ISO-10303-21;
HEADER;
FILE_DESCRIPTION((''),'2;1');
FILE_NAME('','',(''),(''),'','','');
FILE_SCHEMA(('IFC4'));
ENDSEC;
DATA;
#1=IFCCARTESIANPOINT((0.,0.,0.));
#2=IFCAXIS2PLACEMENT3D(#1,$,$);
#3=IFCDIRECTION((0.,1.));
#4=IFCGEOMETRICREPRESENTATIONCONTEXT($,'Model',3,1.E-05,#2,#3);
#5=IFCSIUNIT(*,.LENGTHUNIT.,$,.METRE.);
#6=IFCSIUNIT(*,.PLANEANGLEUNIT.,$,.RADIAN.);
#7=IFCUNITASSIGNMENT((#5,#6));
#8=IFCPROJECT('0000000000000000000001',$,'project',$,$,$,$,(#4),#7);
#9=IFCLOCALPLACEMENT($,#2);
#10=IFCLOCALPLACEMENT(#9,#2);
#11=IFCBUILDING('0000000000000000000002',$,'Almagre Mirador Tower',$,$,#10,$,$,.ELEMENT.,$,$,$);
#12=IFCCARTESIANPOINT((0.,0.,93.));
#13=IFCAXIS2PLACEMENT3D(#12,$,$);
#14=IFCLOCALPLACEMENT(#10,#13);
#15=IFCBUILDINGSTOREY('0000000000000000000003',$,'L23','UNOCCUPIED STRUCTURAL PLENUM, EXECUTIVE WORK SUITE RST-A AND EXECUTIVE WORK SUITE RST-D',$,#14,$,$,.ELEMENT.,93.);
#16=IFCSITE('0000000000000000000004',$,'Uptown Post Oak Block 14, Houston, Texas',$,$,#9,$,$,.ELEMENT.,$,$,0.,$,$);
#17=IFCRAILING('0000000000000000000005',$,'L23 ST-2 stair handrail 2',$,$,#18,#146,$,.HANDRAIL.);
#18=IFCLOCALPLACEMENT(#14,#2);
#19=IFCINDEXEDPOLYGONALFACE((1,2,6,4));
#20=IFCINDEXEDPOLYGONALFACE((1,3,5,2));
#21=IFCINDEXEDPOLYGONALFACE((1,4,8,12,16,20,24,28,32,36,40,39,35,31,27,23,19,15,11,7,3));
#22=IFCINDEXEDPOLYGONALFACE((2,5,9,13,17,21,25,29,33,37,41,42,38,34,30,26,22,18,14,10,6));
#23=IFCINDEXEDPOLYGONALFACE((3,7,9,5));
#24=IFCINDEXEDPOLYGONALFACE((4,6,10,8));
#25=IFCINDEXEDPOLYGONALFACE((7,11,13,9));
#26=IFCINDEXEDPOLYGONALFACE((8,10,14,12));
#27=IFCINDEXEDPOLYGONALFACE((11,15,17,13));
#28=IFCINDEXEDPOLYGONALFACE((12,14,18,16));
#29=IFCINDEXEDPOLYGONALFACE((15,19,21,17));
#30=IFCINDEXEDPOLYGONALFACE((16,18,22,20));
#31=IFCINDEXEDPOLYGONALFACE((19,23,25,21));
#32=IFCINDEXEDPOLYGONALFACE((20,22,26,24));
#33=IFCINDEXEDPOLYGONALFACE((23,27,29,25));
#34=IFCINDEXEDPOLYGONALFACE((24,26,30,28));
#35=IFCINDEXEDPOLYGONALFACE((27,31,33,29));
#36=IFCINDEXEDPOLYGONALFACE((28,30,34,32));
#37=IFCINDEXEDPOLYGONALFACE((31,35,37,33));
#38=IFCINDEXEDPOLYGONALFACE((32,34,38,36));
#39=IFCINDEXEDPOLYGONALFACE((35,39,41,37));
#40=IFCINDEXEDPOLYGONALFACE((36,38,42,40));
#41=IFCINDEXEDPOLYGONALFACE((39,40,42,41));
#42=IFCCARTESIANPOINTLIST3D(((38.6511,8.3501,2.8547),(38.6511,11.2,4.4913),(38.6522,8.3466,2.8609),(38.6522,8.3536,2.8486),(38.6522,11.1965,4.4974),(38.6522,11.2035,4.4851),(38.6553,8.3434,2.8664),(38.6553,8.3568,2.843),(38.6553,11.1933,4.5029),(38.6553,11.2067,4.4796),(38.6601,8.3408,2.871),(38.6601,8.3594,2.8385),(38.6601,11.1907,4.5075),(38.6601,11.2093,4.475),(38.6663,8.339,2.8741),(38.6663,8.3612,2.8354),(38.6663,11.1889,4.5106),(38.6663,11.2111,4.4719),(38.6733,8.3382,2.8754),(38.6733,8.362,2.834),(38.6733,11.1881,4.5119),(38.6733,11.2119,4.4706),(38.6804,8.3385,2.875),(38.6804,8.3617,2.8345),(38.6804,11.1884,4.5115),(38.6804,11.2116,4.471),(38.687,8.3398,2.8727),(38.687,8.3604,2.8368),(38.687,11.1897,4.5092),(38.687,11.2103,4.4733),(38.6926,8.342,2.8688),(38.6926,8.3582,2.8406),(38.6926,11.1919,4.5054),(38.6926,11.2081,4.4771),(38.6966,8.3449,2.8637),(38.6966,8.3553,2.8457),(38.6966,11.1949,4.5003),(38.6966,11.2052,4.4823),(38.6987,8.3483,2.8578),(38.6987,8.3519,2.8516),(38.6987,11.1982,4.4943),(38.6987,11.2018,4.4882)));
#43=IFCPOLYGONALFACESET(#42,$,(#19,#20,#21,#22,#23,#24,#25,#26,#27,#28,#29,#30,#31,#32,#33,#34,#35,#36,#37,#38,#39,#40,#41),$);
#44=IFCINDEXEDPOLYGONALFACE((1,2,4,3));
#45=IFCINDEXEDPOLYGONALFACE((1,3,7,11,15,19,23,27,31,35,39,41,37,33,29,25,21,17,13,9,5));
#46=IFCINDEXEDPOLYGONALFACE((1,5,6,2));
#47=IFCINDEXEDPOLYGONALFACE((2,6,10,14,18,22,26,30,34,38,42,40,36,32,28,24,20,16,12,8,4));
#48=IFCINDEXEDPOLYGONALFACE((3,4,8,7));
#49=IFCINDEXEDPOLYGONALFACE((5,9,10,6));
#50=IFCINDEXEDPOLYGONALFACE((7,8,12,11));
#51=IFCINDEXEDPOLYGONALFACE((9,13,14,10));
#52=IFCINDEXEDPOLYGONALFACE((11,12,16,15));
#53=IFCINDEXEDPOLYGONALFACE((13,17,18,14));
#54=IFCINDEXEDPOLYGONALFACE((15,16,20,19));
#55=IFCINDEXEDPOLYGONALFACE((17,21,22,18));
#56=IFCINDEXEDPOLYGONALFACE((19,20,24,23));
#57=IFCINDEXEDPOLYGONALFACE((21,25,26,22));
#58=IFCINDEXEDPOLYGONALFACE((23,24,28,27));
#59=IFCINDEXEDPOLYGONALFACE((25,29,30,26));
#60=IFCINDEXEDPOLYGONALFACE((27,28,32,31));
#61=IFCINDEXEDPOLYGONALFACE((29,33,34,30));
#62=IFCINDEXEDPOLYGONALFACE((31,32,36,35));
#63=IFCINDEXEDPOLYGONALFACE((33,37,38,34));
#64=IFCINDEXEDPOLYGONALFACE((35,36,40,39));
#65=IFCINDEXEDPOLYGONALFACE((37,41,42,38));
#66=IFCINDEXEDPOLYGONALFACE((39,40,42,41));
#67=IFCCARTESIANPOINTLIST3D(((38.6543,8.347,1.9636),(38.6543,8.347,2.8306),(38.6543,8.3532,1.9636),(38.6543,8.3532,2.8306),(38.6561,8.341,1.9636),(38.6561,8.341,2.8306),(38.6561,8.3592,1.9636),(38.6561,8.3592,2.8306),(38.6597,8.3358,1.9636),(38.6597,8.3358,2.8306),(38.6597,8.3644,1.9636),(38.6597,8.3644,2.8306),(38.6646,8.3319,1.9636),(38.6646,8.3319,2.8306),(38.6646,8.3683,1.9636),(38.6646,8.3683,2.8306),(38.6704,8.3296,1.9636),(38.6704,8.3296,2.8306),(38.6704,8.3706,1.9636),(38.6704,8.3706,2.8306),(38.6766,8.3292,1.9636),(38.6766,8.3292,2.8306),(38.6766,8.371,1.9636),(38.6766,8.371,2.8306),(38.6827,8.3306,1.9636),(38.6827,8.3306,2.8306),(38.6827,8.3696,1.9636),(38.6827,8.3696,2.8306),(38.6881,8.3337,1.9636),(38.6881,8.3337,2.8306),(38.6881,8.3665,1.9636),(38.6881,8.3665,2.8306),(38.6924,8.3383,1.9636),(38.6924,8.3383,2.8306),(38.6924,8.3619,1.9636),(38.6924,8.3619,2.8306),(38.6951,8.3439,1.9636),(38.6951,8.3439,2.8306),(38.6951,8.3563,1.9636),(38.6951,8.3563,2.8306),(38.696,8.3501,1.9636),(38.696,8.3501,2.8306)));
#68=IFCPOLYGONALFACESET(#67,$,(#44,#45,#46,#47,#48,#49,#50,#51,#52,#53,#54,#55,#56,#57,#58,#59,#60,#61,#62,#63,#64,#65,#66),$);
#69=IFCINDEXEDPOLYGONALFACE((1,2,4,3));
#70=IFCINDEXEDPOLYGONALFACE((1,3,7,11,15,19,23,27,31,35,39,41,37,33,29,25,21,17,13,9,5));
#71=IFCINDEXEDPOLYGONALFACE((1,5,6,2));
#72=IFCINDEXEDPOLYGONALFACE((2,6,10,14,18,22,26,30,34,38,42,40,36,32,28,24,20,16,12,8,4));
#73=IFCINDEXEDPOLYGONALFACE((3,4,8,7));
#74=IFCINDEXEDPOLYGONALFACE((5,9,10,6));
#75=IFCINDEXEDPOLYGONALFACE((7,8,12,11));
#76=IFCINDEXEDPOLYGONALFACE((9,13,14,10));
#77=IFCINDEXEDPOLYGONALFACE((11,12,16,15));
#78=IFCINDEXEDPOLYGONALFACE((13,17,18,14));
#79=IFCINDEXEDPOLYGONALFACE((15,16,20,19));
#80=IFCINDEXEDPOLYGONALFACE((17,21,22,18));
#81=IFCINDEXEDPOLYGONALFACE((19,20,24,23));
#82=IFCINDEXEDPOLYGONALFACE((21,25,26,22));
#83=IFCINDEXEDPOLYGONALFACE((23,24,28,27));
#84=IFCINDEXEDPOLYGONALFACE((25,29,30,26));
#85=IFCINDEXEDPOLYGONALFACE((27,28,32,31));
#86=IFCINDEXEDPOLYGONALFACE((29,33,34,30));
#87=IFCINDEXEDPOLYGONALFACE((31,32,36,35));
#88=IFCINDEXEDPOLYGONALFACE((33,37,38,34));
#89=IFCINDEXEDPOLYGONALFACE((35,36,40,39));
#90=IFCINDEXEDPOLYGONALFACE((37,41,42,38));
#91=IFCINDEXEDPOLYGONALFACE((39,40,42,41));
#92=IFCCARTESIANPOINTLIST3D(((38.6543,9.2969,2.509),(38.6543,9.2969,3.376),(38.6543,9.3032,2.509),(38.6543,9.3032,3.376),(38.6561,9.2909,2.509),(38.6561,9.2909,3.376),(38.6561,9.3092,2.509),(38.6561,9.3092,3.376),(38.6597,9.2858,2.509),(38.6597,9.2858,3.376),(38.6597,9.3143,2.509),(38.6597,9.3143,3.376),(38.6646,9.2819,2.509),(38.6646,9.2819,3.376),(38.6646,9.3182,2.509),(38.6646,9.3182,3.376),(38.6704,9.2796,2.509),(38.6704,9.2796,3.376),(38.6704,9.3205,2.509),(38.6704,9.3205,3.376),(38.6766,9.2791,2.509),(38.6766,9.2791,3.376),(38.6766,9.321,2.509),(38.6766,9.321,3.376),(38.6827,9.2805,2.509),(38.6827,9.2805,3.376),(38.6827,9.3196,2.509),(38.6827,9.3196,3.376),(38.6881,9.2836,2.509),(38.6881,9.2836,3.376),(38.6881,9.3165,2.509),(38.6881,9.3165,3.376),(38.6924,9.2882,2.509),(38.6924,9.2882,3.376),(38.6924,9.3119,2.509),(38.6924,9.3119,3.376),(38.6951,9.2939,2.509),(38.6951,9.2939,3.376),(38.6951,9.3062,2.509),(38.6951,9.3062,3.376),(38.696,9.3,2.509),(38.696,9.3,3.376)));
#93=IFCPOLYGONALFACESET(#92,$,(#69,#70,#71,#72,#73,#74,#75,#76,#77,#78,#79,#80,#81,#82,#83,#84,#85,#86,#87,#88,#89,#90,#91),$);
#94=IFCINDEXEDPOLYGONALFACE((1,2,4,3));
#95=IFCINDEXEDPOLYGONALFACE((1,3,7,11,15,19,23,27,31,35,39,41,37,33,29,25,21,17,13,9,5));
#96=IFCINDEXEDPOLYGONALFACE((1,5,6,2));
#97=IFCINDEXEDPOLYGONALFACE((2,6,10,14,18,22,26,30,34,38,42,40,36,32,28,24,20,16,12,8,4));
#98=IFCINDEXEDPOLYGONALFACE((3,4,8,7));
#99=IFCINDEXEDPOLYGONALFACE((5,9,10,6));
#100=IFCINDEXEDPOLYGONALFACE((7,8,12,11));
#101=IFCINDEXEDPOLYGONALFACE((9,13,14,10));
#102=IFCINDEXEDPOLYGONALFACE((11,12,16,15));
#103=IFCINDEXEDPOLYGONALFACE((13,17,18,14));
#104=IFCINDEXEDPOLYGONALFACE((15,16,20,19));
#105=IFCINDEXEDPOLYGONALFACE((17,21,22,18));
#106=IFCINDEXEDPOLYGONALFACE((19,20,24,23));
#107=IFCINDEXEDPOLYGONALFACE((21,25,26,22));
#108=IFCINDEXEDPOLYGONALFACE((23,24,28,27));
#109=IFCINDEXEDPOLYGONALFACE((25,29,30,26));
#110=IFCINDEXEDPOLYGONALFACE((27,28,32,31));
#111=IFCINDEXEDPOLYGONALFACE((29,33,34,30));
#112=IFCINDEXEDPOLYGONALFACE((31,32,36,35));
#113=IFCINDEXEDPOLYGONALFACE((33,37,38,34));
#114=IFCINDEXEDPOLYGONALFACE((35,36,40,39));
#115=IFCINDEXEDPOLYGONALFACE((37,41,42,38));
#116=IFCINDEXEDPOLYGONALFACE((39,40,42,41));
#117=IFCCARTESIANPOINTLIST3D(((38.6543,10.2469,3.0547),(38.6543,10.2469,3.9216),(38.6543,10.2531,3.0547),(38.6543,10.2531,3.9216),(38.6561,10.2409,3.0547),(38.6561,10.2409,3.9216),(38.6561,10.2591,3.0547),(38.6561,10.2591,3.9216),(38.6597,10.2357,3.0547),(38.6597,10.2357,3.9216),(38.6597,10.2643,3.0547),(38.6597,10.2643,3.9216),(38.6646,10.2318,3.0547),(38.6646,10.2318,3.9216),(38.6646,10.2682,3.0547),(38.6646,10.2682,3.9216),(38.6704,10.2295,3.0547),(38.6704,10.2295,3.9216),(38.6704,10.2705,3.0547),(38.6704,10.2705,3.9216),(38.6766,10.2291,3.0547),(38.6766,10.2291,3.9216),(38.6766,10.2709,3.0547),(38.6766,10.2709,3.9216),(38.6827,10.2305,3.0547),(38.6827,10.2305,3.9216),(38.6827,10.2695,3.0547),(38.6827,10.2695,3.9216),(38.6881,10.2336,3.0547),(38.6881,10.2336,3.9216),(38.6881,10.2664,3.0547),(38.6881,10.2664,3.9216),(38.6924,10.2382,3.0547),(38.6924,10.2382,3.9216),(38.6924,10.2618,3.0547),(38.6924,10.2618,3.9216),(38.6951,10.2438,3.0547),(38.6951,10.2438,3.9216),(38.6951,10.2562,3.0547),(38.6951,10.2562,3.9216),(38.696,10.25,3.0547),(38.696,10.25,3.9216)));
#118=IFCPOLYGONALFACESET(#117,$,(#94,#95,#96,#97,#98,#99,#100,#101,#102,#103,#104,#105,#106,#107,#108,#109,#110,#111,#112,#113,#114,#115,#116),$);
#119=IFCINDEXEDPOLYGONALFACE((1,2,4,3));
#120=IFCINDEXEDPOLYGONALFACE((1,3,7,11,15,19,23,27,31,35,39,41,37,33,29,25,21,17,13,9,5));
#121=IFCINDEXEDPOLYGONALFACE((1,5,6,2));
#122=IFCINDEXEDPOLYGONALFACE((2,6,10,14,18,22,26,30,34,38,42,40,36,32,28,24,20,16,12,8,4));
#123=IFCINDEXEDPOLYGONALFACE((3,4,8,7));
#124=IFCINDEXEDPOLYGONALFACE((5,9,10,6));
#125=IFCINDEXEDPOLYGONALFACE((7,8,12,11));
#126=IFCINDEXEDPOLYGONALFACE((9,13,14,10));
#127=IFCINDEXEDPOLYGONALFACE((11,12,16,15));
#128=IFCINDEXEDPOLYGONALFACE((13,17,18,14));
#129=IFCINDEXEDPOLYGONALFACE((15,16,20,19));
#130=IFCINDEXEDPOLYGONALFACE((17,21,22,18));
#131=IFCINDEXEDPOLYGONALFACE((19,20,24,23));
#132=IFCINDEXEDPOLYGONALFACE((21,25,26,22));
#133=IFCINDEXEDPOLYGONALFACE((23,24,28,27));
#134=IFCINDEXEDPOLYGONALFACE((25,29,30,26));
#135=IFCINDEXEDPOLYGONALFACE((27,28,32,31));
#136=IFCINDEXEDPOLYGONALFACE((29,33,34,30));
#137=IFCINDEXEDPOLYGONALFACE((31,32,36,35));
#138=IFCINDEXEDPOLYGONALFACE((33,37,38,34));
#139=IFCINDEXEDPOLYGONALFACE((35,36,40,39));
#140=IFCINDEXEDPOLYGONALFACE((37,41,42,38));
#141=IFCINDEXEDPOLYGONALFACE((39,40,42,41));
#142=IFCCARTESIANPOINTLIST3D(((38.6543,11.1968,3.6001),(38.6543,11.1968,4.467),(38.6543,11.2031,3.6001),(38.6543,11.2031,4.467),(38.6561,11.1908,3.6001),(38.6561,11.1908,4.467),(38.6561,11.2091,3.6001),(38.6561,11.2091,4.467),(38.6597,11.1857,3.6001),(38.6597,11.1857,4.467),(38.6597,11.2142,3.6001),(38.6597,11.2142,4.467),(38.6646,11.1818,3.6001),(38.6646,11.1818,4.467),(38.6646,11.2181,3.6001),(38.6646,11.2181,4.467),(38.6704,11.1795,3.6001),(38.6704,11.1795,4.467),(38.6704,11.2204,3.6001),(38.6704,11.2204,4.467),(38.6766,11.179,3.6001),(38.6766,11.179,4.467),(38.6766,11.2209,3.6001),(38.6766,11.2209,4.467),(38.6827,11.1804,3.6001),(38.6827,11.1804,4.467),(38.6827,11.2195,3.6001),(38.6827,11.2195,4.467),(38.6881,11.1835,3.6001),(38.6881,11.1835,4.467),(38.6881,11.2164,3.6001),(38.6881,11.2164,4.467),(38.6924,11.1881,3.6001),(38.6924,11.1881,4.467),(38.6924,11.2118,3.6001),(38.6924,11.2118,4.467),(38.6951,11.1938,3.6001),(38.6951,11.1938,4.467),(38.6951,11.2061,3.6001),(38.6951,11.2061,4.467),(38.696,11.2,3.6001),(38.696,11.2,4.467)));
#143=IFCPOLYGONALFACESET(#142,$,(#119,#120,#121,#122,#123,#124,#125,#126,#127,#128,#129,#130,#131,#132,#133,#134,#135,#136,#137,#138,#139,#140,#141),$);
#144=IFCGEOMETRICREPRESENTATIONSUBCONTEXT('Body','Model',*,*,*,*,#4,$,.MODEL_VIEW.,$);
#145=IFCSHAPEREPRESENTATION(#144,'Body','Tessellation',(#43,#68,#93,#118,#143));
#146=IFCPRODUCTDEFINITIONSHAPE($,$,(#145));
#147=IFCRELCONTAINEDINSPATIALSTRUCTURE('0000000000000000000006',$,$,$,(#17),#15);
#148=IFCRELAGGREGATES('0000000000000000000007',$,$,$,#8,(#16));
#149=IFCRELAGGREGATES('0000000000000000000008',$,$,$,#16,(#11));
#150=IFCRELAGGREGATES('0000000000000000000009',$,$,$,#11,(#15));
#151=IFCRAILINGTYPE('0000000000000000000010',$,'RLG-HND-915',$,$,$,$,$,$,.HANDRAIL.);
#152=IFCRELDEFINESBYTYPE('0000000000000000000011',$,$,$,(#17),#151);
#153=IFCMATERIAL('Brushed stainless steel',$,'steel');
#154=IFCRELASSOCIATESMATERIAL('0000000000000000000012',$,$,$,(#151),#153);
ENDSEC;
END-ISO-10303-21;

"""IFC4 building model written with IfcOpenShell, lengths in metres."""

from ifc_helpers import new_model, si_unit, direction, frame, origin, origin_2d, place, context, subcontext, project, spatial, circle, extrude, material, type_object, element, save


model = new_model("IFC4")

# Units and contexts
model_context = context("Model", 3, precision=1e-05, world=origin(), true_north=direction((0.0, 1.0)))
body_context = subcontext(model_context, "Body", "Model", "MODEL_VIEW")
ifc_project = project(units=[si_unit("LENGTHUNIT", "METRE"), si_unit("PLANEANGLEUNIT", "RADIAN")], contexts=[model_context])

# Site, building, storey
site_placement = place(None, origin())
site = spatial("IfcSite", under=ifc_project, at=site_placement, Name="Uptown Post Oak Block 14, Houston, Texas", CompositionType="ELEMENT", RefElevation=0.0)
building_placement = place(site_placement, origin())
building = spatial("IfcBuilding", under=site, at=building_placement, Name="Almagre Mirador Tower", CompositionType="ELEMENT")
storey_placement = place(building_placement, frame((0.0, 0.0, 93.0)))
storey = spatial("IfcBuildingStorey", under=building, at=storey_placement, Name="L23", Description="UNOCCUPIED STRUCTURAL PLENUM, EXECUTIVE WORK SUITE RST-A AND EXECUTIVE WORK SUITE RST-D", CompositionType="ELEMENT", Elevation=93.0)

# Railing
ifc_material_1 = material(Name="Brushed stainless steel", Category="steel")
railing_type_1 = type_object("IfcRailingType", Name="RLG-HND-915", PredefinedType="HANDRAIL", material=ifc_material_1)
railing_1_placement = place(storey_placement, frame((38.675, 8.3501, 1.9636)))
element("IfcRailing", 1, at=railing_1_placement, inside=storey, type_object=railing_type_1, Name="L23 ST-2 stair handrail 2", PredefinedType="HANDRAIL", context=body_context, shape_type="SweptSolid", body=[
    extrude(circle(Radius=0.0239, at=origin_2d()), frame((0.0, 0.0, 0.8911), z_axis=(0.0, 0.867194, 0.49797), x_axis=(-1.0, 0.0, 0.0)), (0.0, 0.0, 1.0), 3.2864),
    extrude(circle(Radius=0.021, at=origin_2d()), origin(), (0.0, 0.0, 1.0), 0.8669),
    extrude(circle(Radius=0.021, at=origin_2d()), frame((0.0, 0.95, 0.5454)), (0.0, 0.0, 1.0), 0.8669),
    extrude(circle(Radius=0.021, at=origin_2d()), frame((0.0, 1.8999, 1.0911)), (0.0, 0.0, 1.0), 0.8669),
    extrude(circle(Radius=0.021, at=origin_2d()), frame((0.0, 2.8499, 1.6365)), (0.0, 0.0, 1.0), 0.8669),
])

save(model, "model.ifc")
